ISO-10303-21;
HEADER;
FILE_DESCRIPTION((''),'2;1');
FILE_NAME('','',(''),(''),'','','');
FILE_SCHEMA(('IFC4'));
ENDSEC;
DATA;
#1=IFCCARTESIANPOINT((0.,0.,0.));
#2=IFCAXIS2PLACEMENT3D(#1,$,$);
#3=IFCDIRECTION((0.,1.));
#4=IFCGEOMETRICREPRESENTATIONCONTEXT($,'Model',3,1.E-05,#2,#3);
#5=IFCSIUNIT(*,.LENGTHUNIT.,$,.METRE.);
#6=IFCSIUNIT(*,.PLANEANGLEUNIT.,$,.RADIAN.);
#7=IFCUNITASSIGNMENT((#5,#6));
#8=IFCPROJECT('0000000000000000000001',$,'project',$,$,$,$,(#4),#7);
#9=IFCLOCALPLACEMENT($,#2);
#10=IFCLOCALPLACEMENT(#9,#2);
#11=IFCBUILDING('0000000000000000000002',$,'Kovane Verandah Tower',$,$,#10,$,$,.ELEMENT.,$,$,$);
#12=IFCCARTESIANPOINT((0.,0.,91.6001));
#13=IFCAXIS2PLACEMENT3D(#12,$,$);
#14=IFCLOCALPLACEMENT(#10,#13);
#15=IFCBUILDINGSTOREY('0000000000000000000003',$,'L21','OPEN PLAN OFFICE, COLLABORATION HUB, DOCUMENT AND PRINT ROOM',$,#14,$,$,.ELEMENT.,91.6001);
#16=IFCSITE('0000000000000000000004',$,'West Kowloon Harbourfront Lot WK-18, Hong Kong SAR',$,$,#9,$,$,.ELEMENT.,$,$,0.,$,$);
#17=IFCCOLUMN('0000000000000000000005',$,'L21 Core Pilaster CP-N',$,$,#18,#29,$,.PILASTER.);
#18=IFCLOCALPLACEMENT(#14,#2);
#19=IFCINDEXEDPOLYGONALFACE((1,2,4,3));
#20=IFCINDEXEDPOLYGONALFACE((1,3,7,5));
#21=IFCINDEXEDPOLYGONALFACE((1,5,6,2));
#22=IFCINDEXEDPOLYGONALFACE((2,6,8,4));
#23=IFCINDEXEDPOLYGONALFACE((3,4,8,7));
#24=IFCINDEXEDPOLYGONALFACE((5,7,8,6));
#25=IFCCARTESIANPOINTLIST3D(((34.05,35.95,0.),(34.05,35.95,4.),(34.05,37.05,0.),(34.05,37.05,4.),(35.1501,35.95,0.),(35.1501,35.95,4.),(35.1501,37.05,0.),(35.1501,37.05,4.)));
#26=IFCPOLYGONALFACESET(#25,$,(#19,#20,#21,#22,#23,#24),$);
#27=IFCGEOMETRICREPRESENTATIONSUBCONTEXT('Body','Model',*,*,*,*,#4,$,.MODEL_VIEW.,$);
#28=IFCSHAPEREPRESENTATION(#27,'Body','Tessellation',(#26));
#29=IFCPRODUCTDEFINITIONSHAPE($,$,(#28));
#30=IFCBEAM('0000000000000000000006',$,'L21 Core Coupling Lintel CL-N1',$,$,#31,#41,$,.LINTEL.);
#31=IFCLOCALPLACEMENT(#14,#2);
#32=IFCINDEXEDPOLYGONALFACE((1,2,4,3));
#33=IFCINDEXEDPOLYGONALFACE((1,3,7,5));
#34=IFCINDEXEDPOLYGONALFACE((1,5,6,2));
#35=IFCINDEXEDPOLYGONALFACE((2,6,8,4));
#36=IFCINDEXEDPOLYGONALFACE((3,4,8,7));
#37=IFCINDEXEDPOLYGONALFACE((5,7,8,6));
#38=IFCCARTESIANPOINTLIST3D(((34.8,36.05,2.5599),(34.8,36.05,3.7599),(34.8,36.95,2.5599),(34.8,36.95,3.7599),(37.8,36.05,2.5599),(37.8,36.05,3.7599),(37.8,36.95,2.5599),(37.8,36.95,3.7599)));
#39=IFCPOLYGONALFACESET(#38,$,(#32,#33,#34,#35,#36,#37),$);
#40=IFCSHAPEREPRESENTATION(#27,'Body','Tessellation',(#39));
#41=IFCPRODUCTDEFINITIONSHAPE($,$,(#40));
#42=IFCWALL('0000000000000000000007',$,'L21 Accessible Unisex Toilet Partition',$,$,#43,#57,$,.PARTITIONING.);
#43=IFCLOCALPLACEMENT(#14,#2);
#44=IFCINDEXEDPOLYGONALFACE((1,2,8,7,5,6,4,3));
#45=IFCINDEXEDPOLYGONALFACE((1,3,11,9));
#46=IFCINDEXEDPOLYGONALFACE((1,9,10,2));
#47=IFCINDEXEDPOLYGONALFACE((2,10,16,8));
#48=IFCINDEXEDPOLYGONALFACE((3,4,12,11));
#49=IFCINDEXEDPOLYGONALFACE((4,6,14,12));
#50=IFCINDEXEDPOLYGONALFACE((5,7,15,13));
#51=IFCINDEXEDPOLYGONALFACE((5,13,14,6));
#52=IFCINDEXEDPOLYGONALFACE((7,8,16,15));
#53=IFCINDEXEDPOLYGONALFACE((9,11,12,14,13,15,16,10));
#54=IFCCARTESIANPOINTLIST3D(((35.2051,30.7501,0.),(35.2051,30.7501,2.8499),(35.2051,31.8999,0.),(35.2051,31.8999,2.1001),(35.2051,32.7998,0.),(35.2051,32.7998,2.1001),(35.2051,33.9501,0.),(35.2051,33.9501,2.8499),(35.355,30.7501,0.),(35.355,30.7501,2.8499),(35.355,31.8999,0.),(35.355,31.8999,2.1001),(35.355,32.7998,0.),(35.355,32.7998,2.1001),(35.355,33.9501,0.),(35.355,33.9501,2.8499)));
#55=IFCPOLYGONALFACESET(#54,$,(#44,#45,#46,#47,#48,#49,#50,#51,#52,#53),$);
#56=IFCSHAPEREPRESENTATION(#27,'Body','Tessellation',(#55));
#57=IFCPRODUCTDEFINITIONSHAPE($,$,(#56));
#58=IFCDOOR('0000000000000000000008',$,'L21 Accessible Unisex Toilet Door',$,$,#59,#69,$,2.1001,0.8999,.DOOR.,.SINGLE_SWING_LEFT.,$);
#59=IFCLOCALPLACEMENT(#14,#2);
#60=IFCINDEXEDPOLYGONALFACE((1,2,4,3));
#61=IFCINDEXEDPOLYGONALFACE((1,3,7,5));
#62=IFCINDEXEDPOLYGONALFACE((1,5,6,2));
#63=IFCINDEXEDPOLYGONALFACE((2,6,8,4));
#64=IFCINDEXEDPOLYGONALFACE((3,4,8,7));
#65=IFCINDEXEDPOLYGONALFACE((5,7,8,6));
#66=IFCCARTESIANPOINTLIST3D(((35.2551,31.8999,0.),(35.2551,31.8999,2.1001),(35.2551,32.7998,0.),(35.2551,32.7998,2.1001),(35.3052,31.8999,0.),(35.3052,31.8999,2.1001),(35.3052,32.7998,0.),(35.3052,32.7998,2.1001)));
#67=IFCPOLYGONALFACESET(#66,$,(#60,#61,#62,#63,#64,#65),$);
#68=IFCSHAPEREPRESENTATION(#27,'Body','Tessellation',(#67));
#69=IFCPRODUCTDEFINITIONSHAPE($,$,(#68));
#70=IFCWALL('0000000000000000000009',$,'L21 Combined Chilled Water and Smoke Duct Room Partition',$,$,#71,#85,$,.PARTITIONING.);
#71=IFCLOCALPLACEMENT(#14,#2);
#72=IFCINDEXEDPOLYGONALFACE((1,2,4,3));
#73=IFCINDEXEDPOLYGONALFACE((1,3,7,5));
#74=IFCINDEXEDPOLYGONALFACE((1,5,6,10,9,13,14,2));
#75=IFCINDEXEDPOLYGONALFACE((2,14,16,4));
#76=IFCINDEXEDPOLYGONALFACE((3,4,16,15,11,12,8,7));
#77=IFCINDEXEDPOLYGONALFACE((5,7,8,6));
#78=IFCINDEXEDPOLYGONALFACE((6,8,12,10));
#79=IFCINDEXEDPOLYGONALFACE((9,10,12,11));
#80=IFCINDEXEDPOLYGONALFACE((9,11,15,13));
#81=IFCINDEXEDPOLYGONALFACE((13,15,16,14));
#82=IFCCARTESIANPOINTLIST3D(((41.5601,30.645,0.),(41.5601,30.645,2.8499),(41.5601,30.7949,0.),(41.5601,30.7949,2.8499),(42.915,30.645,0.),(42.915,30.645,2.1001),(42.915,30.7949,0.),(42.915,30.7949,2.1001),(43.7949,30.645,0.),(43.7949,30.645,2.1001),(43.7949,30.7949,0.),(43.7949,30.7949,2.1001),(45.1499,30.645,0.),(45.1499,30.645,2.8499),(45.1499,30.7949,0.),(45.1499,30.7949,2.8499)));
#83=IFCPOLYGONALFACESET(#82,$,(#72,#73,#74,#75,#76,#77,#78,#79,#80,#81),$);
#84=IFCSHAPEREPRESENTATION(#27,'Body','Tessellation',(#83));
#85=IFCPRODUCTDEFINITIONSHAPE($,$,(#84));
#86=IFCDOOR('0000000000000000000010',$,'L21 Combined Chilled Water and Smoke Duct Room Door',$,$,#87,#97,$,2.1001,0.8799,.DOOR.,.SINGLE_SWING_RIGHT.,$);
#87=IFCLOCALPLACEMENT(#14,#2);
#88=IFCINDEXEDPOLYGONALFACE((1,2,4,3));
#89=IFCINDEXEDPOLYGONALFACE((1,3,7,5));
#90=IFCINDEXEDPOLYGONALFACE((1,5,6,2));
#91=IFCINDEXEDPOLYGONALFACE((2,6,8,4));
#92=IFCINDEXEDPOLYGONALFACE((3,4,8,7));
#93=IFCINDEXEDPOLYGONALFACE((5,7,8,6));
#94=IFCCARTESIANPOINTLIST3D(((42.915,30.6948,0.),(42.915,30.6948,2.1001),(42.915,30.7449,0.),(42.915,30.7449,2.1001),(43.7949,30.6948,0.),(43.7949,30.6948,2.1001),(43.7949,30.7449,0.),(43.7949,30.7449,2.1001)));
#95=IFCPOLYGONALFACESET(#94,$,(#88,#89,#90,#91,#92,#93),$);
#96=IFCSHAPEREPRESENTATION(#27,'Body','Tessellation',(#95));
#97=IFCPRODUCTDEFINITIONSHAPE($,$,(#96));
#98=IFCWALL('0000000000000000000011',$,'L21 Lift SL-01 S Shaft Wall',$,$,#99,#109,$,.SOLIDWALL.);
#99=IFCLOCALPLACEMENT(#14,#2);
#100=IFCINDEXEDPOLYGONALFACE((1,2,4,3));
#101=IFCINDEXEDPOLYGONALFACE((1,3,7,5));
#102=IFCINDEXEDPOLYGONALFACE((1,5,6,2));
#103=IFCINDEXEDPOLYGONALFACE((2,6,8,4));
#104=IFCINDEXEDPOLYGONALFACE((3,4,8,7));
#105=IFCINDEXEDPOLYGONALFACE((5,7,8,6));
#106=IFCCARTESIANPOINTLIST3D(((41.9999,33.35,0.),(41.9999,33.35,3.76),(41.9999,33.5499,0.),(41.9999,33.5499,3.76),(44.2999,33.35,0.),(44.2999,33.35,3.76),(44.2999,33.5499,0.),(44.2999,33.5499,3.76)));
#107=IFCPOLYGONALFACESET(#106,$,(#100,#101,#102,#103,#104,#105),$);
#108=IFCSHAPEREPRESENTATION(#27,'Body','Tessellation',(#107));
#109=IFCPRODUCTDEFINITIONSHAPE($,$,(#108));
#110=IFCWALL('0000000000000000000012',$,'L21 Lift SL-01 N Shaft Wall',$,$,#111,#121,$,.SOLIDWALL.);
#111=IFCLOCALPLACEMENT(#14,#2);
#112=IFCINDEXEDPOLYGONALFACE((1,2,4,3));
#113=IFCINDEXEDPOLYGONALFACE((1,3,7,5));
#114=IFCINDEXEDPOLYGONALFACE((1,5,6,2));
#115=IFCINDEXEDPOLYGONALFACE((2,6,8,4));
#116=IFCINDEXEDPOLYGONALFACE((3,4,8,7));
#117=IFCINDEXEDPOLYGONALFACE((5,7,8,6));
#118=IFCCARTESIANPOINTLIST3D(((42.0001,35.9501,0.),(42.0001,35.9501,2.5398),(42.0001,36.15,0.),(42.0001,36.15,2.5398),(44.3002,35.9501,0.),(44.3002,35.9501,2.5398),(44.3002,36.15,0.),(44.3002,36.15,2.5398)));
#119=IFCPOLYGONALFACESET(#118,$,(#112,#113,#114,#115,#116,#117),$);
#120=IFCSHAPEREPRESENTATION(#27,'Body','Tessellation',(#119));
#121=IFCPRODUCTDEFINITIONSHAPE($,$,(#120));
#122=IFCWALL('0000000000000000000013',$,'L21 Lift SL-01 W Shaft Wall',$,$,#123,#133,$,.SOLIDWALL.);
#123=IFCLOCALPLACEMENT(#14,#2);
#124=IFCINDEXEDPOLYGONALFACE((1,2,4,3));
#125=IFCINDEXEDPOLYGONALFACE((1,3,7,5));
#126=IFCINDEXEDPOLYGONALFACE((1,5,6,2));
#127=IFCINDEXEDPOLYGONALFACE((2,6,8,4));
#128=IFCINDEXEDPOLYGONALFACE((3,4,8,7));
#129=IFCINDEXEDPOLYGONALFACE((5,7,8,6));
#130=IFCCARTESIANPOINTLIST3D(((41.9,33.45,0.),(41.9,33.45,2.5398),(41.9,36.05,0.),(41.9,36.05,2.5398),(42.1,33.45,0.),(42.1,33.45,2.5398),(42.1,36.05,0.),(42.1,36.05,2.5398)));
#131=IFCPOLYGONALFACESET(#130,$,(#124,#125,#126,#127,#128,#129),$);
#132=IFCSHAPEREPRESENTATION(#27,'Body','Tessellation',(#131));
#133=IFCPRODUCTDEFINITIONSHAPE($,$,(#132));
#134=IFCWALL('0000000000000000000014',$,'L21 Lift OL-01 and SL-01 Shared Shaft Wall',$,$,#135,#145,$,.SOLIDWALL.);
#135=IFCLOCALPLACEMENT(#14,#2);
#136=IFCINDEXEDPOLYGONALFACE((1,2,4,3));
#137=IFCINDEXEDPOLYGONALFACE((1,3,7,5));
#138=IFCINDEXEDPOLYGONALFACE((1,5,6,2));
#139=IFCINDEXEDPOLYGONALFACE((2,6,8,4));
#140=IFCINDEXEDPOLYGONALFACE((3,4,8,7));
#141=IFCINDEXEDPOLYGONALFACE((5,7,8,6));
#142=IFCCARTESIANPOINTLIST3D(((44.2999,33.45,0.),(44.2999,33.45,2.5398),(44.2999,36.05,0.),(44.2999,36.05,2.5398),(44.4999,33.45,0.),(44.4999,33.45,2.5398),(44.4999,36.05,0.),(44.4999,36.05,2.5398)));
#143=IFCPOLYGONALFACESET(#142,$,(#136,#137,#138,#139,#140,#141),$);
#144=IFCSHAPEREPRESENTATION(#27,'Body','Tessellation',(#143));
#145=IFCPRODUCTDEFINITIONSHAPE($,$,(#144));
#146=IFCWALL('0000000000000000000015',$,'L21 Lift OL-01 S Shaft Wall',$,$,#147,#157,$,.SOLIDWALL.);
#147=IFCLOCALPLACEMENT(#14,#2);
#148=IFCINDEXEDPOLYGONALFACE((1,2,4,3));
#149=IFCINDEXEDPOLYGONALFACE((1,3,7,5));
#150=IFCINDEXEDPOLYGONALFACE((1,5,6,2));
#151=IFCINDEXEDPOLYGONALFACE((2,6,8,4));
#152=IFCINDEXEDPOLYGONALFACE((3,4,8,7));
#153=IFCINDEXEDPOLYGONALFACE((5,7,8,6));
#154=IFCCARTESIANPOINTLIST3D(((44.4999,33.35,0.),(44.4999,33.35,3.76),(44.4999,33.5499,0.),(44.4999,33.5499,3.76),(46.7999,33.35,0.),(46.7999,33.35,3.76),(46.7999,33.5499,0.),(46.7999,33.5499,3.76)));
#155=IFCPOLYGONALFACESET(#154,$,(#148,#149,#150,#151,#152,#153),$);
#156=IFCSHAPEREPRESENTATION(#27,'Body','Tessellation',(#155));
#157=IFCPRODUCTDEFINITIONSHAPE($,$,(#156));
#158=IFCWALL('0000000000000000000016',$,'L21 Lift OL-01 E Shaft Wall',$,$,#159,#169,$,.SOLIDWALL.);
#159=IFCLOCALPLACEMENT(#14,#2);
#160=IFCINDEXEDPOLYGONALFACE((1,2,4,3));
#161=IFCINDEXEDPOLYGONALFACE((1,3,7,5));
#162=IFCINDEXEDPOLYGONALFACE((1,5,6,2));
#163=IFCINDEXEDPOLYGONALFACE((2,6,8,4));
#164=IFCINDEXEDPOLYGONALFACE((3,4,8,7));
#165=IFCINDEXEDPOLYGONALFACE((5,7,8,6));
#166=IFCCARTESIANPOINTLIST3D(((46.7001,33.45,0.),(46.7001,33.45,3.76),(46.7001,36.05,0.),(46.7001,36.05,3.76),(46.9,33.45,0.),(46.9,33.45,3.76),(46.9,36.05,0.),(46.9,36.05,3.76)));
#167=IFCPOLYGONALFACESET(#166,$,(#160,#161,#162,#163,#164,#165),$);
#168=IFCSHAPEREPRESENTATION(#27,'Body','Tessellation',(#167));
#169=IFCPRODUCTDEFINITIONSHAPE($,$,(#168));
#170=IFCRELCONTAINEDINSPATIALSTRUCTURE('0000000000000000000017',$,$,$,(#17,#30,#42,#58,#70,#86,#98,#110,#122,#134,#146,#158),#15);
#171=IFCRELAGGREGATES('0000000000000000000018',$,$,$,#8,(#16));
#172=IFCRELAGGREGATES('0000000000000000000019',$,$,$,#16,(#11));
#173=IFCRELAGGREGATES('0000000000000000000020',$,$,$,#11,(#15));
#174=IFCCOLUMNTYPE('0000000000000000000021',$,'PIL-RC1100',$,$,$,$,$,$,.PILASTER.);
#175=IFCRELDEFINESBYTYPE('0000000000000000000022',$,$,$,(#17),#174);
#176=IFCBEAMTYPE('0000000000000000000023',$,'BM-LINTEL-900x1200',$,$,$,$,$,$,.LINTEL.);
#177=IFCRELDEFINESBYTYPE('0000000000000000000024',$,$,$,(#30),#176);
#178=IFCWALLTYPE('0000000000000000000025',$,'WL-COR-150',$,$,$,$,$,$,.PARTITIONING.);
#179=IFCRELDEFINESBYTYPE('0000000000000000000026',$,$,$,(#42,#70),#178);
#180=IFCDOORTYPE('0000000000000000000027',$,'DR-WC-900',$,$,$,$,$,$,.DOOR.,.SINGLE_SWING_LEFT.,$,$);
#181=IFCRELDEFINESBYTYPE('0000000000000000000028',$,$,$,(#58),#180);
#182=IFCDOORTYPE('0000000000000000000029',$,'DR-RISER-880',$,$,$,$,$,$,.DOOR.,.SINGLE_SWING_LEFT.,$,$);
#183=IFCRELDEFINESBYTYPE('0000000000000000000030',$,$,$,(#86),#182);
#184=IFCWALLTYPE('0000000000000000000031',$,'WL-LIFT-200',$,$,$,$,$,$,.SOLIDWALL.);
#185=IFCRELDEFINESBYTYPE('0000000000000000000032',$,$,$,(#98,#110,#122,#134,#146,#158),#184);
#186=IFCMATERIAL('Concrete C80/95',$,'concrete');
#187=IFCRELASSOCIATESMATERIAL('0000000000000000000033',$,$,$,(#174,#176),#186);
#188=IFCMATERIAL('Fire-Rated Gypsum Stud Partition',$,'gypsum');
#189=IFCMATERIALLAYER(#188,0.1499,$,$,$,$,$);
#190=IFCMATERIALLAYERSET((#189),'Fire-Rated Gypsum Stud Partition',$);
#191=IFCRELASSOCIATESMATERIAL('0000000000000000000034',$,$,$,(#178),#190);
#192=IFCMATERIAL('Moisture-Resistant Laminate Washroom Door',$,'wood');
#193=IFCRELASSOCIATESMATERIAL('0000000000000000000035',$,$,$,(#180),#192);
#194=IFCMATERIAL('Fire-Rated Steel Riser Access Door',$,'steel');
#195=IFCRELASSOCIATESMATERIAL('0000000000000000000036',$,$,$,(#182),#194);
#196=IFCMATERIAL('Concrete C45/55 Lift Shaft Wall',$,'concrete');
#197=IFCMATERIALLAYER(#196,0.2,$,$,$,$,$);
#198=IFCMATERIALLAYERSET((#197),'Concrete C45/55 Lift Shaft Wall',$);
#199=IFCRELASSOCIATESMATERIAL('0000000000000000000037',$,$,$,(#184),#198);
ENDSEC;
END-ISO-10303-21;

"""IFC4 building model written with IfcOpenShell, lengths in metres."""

from ifc_helpers import new_model, si_unit, direction, frame, frame_2d, origin, origin_2d, place, context, subcontext, project, spatial, rectangle, extrude, material, layer, layer_set, material_profile, profile_set, type_object, element, fill, save


model = new_model("IFC4")

# Units and contexts
model_context = context("Model", 3, precision=1e-05, world=origin(), true_north=direction((0.0, 1.0)))
body_context = subcontext(model_context, "Body", "Model", "MODEL_VIEW")
ifc_project = project(units=[si_unit("LENGTHUNIT", "METRE"), si_unit("PLANEANGLEUNIT", "RADIAN")], contexts=[model_context])

# Site, building, storey
site_placement = place(None, origin())
site = spatial("IfcSite", under=ifc_project, at=site_placement, Name="West Kowloon Harbourfront Lot WK-18, Hong Kong SAR", CompositionType="ELEMENT", RefElevation=0.0)
building_placement = place(site_placement, origin())
building = spatial("IfcBuilding", under=site, at=building_placement, Name="Kovane Verandah Tower", CompositionType="ELEMENT")
storey_placement = place(building_placement, frame((0.0, 0.0, 91.6001)))
storey = spatial("IfcBuildingStorey", under=building, at=storey_placement, Name="L21", Description="OPEN PLAN OFFICE, COLLABORATION HUB, DOCUMENT AND PRINT ROOM", CompositionType="ELEMENT", Elevation=91.6001)

# Column
ifc_material_1 = material(Name="Concrete C80/95", Category="concrete")
ifc_material_profile_1 = material_profile(ifc_material_1, rectangle(XDim=1.1001, YDim=1.1001, at=origin_2d()), Name="RC1100x1100")
ifc_profile_set_1 = profile_set([ifc_material_profile_1], Name="Concrete C80/95")
column_type = type_object("IfcColumnType", Name="PIL-RC1100", PredefinedType="PILASTER", material=ifc_profile_set_1)
column_placement = place(storey_placement, frame((34.6001, 36.5, 0.0), z_axis=(0.0, 0.0, 1.0), x_axis=(1.0, 0.0, 0.0)))
element("IfcColumn", 1, at=column_placement, inside=storey, type_object=column_type, Name="L21 Core Pilaster CP-N", PredefinedType="PILASTER", context=body_context, shape_type="SweptSolid", body=[
    extrude(rectangle(XDim=1.1001, YDim=1.1001, at=origin_2d()), origin(), (0.0, 0.0, 1.0), 4.0),
])

# Beam
ifc_material_profile_2 = material_profile(ifc_material_1, rectangle(XDim=0.8999, YDim=1.2, at=origin_2d()), Name="RCB900x1200")
ifc_profile_set_2 = profile_set([ifc_material_profile_2], Name="Concrete C80/95")
beam_type = type_object("IfcBeamType", Name="BM-LINTEL-900x1200", PredefinedType="LINTEL", material=ifc_profile_set_2)
beam_placement = place(storey_placement, frame((34.8, 36.5, 3.1599), z_axis=(1.0, 0.0, 0.0), x_axis=(0.0, 1.0, 0.0)))
element("IfcBeam", 2, at=beam_placement, inside=storey, type_object=beam_type, Name="L21 Core Coupling Lintel CL-N1", PredefinedType="LINTEL", context=body_context, shape_type="SweptSolid", body=[
    extrude(rectangle(XDim=0.8999, YDim=1.2, at=origin_2d()), origin(), (0.0, 0.0, 1.0), 3.0),
])

# Walls, openings, doors
ifc_material_2 = material(Name="Fire-Rated Gypsum Stud Partition", Category="gypsum")
ifc_layer_1 = layer(ifc_material_2, 0.1499)
ifc_layer_set_1 = layer_set([ifc_layer_1], Name="Fire-Rated Gypsum Stud Partition")
wall_type_1 = type_object("IfcWallType", Name="WL-COR-150", PredefinedType="PARTITIONING", material=ifc_layer_set_1)
wall_1_placement = place(storey_placement, frame((35.28, 30.75, 0.0), z_axis=(0.0, 0.0, 1.0), x_axis=(0.0, 1.0, 0.0)))
wall_1 = element("IfcWall", 3, at=wall_1_placement, inside=storey, type_object=wall_type_1, Name="L21 Accessible Unisex Toilet Partition", PredefinedType="PARTITIONING", context=body_context, shape_type="SweptSolid", body=[
    extrude(rectangle(XDim=3.2, YDim=0.1499, at=frame_2d((1.6001, 0.0))), origin(), (0.0, 0.0, 1.0), 2.8499),
])
opening_1_placement = place(wall_1_placement, frame((1.1499, 0.0, 0.0)))
opening_1 = element("IfcOpeningElement", 4, at=opening_1_placement, cuts=wall_1, PredefinedType="OPENING", context=body_context, shape_type="SweptSolid", body=[
    extrude(rectangle(XDim=0.8999, YDim=2.1001, at=frame_2d((0.45, 1.05))), frame((0.0, 0.075, 0.0), z_axis=(0.0, -1.0, 0.0), x_axis=(1.0, 0.0, 0.0)), (0.0, 0.0, 1.0), 0.1499),
])
ifc_material_3 = material(Name="Moisture-Resistant Laminate Washroom Door", Category="wood")
door_type_1 = type_object("IfcDoorType", Name="DR-WC-900", OperationType="SINGLE_SWING_LEFT", PredefinedType="DOOR", material=ifc_material_3)
door_1_placement = place(opening_1_placement, origin())
door_1 = element("IfcDoor", 5, at=door_1_placement, inside=storey, type_object=door_type_1, Name="L21 Accessible Unisex Toilet Door", OperationType="SINGLE_SWING_LEFT", OverallHeight=2.1001, OverallWidth=0.8999, PredefinedType="DOOR", context=body_context, shape_type="SweptSolid", body=[
    extrude(rectangle(XDim=0.8999, YDim=2.1001, at=frame_2d((0.45, 1.05))), frame((0.0, 0.0249, 0.0), z_axis=(0.0, -1.0, 0.0), x_axis=(1.0, 0.0, 0.0)), (0.0, 0.0, 1.0), 0.05),
])
fill(opening_1, door_1)
wall_2_placement = place(storey_placement, frame((41.5601, 30.72, 0.0), z_axis=(0.0, 0.0, 1.0), x_axis=(1.0, 0.0, 0.0)))
wall_2 = element("IfcWall", 6, at=wall_2_placement, inside=storey, type_object=wall_type_1, Name="L21 Combined Chilled Water and Smoke Duct Room Partition", PredefinedType="PARTITIONING", context=body_context, shape_type="SweptSolid", body=[
    extrude(rectangle(XDim=3.5898, YDim=0.1499, at=frame_2d((1.7949, 0.0))), origin(), (0.0, 0.0, 1.0), 2.8499),
])
opening_2_placement = place(wall_2_placement, frame((1.355, 0.0, 0.0)))
opening_2 = element("IfcOpeningElement", 7, at=opening_2_placement, cuts=wall_2, PredefinedType="OPENING", context=body_context, shape_type="SweptSolid", body=[
    extrude(rectangle(XDim=0.8799, YDim=2.1001, at=frame_2d((0.4399, 1.05))), frame((0.0, 0.075, 0.0), z_axis=(0.0, -1.0, 0.0), x_axis=(1.0, 0.0, 0.0)), (0.0, 0.0, 1.0), 0.1499),
])
ifc_material_4 = material(Name="Fire-Rated Steel Riser Access Door", Category="steel")
door_type_2 = type_object("IfcDoorType", Name="DR-RISER-880", OperationType="SINGLE_SWING_LEFT", PredefinedType="DOOR", material=ifc_material_4)
door_2_placement = place(opening_2_placement, origin())
door_2 = element("IfcDoor", 8, at=door_2_placement, inside=storey, type_object=door_type_2, Name="L21 Combined Chilled Water and Smoke Duct Room Door", OperationType="SINGLE_SWING_RIGHT", OverallHeight=2.1001, OverallWidth=0.8799, PredefinedType="DOOR", context=body_context, shape_type="SweptSolid", body=[
    extrude(rectangle(XDim=0.8799, YDim=2.1001, at=frame_2d((0.4399, 1.05))), frame((0.0, 0.0249, 0.0), z_axis=(0.0, -1.0, 0.0), x_axis=(1.0, 0.0, 0.0)), (0.0, 0.0, 1.0), 0.05),
])
fill(opening_2, door_2)

# Walls
ifc_material_5 = material(Name="Concrete C45/55 Lift Shaft Wall", Category="concrete")
ifc_layer_2 = layer(ifc_material_5, 0.2)
ifc_layer_set_2 = layer_set([ifc_layer_2], Name="Concrete C45/55 Lift Shaft Wall")
wall_type_2 = type_object("IfcWallType", Name="WL-LIFT-200", PredefinedType="SOLIDWALL", material=ifc_layer_set_2)
wall_3_placement = place(storey_placement, frame((42.0, 33.45, 0.0), z_axis=(0.0, 0.0, 1.0), x_axis=(1.0, 0.0, 0.0)))
element("IfcWall", 9, at=wall_3_placement, inside=storey, type_object=wall_type_2, Name="L21 Lift SL-01 S Shaft Wall", PredefinedType="SOLIDWALL", context=body_context, shape_type="SweptSolid", body=[
    extrude(rectangle(XDim=2.3, YDim=0.2, at=frame_2d((1.1499, 0.0))), origin(), (0.0, 0.0, 1.0), 3.76),
])
wall_4_placement = place(storey_placement, frame((44.3, 36.05, 0.0), z_axis=(0.0, 0.0, 1.0), x_axis=(-1.0, 0.0, 0.0)))
element("IfcWall", 10, at=wall_4_placement, inside=storey, type_object=wall_type_2, Name="L21 Lift SL-01 N Shaft Wall", PredefinedType="SOLIDWALL", context=body_context, shape_type="SweptSolid", body=[
    extrude(rectangle(XDim=2.3, YDim=0.2, at=frame_2d((1.1499, 0.0))), origin(), (0.0, 0.0, 1.0), 2.5398),
])
for number, where, z_axis, x_axis, name in (
    (11, (42.0, 36.05, 0.0), (0.0, 0.0, 1.0), (0.0, -1.0, 0.0), "L21 Lift SL-01 W Shaft Wall"),
    (12, (44.3999, 33.45, 0.0), (0.0, 0.0, 1.0), (0.0, 1.0, 0.0), "L21 Lift OL-01 and SL-01 Shared Shaft Wall"),
):
    element("IfcWall", number, at=place(storey_placement, frame(where, z_axis=z_axis, x_axis=x_axis)), inside=storey, type_object=wall_type_2, Name=name, PredefinedType="SOLIDWALL", context=body_context, shape_type="SweptSolid", body=[
        extrude(rectangle(XDim=2.6001, YDim=0.2, at=frame_2d((1.3, 0.0))), origin(), (0.0, 0.0, 1.0), 2.5398),
    ])
wall_5_placement = place(storey_placement, frame((44.5, 33.45, 0.0), z_axis=(0.0, 0.0, 1.0), x_axis=(1.0, 0.0, 0.0)))
element("IfcWall", 13, at=wall_5_placement, inside=storey, type_object=wall_type_2, Name="L21 Lift OL-01 S Shaft Wall", PredefinedType="SOLIDWALL", context=body_context, shape_type="SweptSolid", body=[
    extrude(rectangle(XDim=2.3, YDim=0.2, at=frame_2d((1.1499, 0.0))), origin(), (0.0, 0.0, 1.0), 3.76),
])
wall_6_placement = place(storey_placement, frame((46.8, 33.45, 0.0), z_axis=(0.0, 0.0, 1.0), x_axis=(0.0, 1.0, 0.0)))
element("IfcWall", 14, at=wall_6_placement, inside=storey, type_object=wall_type_2, Name="L21 Lift OL-01 E Shaft Wall", PredefinedType="SOLIDWALL", context=body_context, shape_type="SweptSolid", body=[
    extrude(rectangle(XDim=2.6001, YDim=0.2, at=frame_2d((1.3, 0.0))), origin(), (0.0, 0.0, 1.0), 3.76),
])

save(model, "model.ifc")
